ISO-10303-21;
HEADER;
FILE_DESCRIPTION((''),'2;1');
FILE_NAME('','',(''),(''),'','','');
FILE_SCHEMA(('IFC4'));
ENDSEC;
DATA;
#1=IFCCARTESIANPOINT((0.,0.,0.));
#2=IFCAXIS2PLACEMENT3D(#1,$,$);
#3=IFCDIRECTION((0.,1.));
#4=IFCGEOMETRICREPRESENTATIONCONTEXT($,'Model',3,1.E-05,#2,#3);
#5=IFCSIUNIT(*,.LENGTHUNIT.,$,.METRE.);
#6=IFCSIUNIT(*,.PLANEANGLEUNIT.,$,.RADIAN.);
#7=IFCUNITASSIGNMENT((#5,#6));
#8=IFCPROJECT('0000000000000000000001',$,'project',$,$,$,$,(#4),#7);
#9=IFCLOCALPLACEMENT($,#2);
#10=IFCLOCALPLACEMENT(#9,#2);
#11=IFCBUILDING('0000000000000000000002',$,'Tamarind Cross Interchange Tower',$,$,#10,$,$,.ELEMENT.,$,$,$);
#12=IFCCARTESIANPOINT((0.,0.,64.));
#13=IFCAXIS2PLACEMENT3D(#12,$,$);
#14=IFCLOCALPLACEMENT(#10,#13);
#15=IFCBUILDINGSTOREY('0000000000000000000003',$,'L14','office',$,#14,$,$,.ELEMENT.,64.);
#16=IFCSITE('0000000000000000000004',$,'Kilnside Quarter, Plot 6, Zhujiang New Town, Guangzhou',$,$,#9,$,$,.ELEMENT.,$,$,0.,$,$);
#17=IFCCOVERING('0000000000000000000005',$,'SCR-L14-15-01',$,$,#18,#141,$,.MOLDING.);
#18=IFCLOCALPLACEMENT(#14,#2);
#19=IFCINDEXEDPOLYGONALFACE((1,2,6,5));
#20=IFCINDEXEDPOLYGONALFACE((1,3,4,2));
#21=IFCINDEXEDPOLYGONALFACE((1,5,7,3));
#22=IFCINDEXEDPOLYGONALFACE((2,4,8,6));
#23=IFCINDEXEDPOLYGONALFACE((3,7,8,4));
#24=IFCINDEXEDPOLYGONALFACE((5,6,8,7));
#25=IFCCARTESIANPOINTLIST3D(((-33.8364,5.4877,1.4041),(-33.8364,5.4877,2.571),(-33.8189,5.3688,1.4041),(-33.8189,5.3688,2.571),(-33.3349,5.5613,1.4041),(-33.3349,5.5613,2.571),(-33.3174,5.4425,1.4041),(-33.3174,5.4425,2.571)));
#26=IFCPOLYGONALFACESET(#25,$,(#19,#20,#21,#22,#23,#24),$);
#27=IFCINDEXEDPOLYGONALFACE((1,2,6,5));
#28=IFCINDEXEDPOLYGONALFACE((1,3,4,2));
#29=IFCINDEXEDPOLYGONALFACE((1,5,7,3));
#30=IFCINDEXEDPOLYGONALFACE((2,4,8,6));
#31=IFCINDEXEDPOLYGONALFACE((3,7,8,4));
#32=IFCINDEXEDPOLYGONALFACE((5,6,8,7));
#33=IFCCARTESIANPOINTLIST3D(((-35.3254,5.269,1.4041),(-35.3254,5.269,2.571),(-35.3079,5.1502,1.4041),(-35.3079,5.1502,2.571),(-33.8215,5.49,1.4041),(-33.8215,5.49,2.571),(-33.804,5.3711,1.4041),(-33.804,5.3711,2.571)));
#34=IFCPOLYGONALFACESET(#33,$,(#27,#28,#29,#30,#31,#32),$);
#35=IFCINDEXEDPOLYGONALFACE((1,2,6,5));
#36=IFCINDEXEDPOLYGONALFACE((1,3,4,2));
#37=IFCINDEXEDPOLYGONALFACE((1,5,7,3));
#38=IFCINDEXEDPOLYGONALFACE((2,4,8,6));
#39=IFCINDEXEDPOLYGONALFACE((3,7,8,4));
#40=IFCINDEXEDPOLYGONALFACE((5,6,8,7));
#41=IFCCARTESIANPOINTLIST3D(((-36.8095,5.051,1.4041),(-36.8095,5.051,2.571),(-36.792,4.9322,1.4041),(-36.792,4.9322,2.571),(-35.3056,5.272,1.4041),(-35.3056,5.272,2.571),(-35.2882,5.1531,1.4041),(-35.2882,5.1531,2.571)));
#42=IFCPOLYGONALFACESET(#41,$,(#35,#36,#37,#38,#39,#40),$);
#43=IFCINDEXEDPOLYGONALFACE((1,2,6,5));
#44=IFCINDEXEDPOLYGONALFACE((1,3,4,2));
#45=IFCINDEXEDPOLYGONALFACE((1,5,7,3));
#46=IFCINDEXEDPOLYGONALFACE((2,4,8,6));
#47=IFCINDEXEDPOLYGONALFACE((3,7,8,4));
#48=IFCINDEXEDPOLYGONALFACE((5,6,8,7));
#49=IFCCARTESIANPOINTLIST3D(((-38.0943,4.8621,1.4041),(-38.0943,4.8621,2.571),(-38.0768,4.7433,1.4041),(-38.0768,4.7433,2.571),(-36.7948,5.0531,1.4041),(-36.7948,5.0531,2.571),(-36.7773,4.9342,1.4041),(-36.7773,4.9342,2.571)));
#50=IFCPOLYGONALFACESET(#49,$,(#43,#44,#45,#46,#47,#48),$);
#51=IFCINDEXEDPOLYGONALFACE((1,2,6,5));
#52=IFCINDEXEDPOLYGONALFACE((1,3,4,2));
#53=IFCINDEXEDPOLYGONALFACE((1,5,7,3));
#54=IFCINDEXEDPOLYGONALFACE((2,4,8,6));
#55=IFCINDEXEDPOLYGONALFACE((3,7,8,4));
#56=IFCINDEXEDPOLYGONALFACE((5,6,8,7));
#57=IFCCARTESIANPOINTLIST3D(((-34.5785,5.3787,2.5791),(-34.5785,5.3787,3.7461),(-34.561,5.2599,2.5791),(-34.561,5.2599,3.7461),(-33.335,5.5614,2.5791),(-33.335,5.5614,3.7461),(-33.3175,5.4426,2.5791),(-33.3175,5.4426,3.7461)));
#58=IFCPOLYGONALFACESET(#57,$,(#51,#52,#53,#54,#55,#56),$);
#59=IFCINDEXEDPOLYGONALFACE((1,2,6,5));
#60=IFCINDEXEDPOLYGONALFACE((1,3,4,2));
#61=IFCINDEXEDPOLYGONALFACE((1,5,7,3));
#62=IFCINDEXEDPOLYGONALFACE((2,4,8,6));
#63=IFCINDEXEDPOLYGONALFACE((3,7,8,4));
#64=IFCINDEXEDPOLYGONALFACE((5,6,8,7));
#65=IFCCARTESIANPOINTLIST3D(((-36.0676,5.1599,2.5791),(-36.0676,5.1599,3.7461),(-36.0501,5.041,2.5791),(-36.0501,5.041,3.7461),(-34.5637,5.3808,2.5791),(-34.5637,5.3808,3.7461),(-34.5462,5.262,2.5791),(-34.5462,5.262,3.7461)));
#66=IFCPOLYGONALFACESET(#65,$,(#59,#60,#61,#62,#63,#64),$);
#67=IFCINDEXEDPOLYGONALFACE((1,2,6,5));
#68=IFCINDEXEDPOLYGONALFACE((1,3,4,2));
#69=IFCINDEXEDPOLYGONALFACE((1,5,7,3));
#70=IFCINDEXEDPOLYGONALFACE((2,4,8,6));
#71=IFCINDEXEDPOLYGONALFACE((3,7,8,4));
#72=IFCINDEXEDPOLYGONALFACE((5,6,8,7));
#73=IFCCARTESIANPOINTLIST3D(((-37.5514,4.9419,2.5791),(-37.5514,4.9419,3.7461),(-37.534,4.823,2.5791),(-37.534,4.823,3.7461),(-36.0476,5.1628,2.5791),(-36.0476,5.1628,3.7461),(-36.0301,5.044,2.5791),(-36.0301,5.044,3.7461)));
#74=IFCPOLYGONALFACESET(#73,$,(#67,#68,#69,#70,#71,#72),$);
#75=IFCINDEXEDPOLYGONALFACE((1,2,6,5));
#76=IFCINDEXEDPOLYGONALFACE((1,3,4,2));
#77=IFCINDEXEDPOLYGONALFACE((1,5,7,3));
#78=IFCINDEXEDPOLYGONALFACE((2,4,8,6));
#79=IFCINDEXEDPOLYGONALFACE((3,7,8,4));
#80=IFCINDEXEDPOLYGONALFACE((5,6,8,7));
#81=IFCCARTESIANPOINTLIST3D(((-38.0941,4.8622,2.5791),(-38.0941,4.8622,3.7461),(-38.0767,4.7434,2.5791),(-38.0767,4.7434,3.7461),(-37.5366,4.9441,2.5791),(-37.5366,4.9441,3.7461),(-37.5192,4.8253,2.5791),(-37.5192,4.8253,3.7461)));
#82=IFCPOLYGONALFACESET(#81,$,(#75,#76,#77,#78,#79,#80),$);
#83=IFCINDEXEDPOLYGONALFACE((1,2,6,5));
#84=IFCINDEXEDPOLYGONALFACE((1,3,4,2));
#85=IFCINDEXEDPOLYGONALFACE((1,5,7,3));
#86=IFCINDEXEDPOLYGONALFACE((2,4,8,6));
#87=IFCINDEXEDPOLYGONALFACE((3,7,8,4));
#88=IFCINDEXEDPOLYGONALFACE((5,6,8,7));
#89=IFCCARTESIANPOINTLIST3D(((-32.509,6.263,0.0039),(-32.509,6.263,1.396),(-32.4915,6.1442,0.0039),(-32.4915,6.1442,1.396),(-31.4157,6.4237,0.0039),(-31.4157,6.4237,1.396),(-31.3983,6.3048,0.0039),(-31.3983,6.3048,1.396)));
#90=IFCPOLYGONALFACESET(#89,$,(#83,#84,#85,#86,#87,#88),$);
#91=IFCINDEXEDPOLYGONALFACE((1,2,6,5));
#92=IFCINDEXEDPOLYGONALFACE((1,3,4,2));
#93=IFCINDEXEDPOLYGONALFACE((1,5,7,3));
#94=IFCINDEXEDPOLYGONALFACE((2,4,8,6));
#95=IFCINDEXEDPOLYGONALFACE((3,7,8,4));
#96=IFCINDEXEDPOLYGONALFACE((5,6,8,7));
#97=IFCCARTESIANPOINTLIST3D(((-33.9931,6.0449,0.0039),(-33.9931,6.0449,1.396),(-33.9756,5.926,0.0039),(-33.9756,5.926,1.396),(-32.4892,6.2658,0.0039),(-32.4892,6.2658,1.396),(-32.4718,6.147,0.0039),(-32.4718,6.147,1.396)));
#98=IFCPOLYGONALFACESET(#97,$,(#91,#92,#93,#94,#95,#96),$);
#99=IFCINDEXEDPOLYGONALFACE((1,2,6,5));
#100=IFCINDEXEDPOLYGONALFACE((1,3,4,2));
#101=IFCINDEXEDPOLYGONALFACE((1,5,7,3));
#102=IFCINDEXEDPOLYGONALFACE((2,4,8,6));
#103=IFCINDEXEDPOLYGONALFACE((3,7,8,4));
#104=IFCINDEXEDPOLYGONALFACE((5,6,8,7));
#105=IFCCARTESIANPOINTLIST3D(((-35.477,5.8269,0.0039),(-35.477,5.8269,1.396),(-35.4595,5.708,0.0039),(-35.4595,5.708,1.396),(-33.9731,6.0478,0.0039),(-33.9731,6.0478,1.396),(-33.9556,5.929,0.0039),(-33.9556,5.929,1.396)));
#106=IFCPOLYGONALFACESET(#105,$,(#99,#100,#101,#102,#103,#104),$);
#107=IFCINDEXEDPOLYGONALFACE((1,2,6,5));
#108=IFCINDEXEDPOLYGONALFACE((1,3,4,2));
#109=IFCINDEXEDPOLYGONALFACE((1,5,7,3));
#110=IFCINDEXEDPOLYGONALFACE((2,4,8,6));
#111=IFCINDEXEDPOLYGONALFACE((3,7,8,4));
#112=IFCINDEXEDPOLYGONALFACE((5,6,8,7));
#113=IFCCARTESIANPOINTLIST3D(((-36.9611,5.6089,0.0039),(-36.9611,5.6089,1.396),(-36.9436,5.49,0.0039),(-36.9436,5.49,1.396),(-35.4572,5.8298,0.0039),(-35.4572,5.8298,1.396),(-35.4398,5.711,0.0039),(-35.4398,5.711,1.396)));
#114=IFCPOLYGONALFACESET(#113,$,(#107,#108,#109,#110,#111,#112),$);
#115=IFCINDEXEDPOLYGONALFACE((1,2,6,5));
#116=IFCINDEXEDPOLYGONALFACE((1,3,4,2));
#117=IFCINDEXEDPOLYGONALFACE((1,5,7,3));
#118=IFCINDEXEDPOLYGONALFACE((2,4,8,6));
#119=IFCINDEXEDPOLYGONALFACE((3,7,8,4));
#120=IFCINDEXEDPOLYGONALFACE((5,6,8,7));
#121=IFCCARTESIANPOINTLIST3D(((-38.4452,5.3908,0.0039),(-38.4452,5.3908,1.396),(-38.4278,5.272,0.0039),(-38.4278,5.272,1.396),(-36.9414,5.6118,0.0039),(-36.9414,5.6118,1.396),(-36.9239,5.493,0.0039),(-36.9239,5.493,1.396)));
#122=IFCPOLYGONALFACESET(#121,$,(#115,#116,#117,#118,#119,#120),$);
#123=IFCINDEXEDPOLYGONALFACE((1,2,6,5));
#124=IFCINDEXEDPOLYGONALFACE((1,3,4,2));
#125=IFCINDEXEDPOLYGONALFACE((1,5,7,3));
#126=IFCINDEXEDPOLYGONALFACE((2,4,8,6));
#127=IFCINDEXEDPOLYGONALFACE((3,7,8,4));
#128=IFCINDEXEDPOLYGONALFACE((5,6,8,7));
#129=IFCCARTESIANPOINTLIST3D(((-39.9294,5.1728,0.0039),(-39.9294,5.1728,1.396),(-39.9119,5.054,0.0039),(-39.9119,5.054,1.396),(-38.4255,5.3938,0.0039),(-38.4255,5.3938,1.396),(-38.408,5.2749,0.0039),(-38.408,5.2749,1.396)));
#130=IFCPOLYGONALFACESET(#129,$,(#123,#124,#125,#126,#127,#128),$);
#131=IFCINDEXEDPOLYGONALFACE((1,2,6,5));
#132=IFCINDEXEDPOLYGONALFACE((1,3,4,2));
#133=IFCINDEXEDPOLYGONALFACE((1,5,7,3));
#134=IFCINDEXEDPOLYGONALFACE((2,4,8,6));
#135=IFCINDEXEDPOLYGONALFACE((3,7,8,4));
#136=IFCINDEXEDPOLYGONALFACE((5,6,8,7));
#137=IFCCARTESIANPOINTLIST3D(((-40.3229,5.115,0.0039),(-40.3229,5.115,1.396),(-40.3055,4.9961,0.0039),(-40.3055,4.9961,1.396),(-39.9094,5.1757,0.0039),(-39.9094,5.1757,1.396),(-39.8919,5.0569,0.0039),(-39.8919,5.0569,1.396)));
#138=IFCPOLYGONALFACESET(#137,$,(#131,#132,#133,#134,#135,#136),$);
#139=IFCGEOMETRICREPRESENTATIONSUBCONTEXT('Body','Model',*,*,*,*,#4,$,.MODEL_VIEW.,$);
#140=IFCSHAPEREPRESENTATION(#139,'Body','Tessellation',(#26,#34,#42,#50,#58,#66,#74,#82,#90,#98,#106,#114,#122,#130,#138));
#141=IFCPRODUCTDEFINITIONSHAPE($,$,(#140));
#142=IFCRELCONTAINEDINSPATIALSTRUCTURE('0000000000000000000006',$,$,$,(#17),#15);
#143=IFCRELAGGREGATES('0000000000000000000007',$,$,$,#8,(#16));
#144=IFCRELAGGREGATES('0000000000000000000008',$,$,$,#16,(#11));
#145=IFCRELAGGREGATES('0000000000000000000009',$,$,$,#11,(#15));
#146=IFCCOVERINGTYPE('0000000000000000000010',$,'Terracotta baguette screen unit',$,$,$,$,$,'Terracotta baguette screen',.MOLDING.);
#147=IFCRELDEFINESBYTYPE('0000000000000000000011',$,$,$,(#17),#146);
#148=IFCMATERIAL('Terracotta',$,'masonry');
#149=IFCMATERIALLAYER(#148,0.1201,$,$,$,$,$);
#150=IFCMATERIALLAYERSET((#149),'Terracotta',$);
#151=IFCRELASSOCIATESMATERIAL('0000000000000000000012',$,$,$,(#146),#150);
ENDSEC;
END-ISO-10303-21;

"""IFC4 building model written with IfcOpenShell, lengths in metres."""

from ifc_helpers import new_model, si_unit, direction, frame, origin, origin_2d, place, context, subcontext, project, spatial, rectangle, extrude, material, layer, layer_set, type_object, element, save


model = new_model("IFC4")

# Units and contexts
model_context = context("Model", 3, precision=1e-05, world=origin(), true_north=direction((0.0, 1.0)))
body_context = subcontext(model_context, "Body", "Model", "MODEL_VIEW")
ifc_project = project(units=[si_unit("LENGTHUNIT", "METRE"), si_unit("PLANEANGLEUNIT", "RADIAN")], contexts=[model_context])

# Site, building, storey
site_placement = place(None, origin())
site = spatial("IfcSite", under=ifc_project, at=site_placement, Name="Kilnside Quarter, Plot 6, Zhujiang New Town, Guangzhou", CompositionType="ELEMENT", RefElevation=0.0)
building_placement = place(site_placement, origin())
building = spatial("IfcBuilding", under=site, at=building_placement, Name="Tamarind Cross Interchange Tower", CompositionType="ELEMENT")
storey_placement = place(building_placement, frame((0.0, 0.0, 64.0)))
storey = spatial("IfcBuildingStorey", under=building, at=storey_placement, Name="L14", Description="office", CompositionType="ELEMENT", Elevation=64.0)

# Covering
ifc_material_1 = material(Name="Terracotta", Category="masonry")
ifc_layer_1 = layer(ifc_material_1, 0.1201)
ifc_layer_set_1 = layer_set([ifc_layer_1], Name="Terracotta")
covering_type = type_object("IfcCoveringType", Name="Terracotta baguette screen unit", ElementType="Terracotta baguette screen", PredefinedType="MOLDING", material=ifc_layer_set_1)
covering_1_placement = place(storey_placement, origin())
element("IfcCovering", 1, at=covering_1_placement, inside=storey, type_object=covering_type, Name="SCR-L14-15-01", PredefinedType="MOLDING", context=body_context, shape_type="SweptSolid", body=[
    extrude(rectangle(XDim=0.5068, YDim=0.1201, at=origin_2d()), frame((-33.5769, 5.4651, 1.4041), z_axis=(0.0, 0.0, 1.0), x_axis=(-0.989378, -0.145365, 0.0)), (0.0, 0.0, 1.0), 1.167),
    extrude(rectangle(XDim=1.52, YDim=0.1201, at=origin_2d()), frame((-34.5647, 5.3201, 1.4041), z_axis=(0.0, 0.0, 1.0), x_axis=(-0.989378, -0.145365, 0.0)), (0.0, 0.0, 1.0), 1.167),
    extrude(rectangle(XDim=1.52, YDim=0.1201, at=origin_2d()), frame((-36.0488, 5.1021, 1.4041), z_axis=(0.0, 0.0, 1.0), x_axis=(-0.989378, -0.145365, 0.0)), (0.0, 0.0, 1.0), 1.167),
    extrude(rectangle(XDim=1.3135, YDim=0.1201, at=origin_2d()), frame((-37.4358, 4.8982, 1.4041), z_axis=(0.0, 0.0, 1.0), x_axis=(-0.989378, -0.145365, 0.0)), (0.0, 0.0, 1.0), 1.167),
    extrude(rectangle(XDim=1.2568, YDim=0.1201, at=origin_2d()), frame((-33.948, 5.4106, 2.5791), z_axis=(0.0, 0.0, 1.0), x_axis=(-0.989378, -0.145365, 0.0)), (0.0, 0.0, 1.0), 1.167),
    extrude(rectangle(XDim=1.52, YDim=0.1201, at=origin_2d()), frame((-35.3069, 5.2109, 2.5791), z_axis=(0.0, 0.0, 1.0), x_axis=(-0.989378, -0.145365, 0.0)), (0.0, 0.0, 1.0), 1.167),
    extrude(rectangle(XDim=1.52, YDim=0.1201, at=origin_2d()), frame((-36.7908, 4.9929, 2.5791), z_axis=(0.0, 0.0, 1.0), x_axis=(-0.989378, -0.145365, 0.0)), (0.0, 0.0, 1.0), 1.167),
    extrude(rectangle(XDim=0.5635, YDim=0.1201, at=origin_2d()), frame((-37.8066, 4.8438, 2.5791), z_axis=(0.0, 0.0, 1.0), x_axis=(-0.989378, -0.145365, 0.0)), (0.0, 0.0, 1.0), 1.167),
    extrude(rectangle(XDim=1.105, YDim=0.1201, at=origin_2d()), frame((-31.9536, 6.2839, 0.0039), z_axis=(0.0, 0.0, 1.0), x_axis=(-0.989378, -0.145365, 0.0)), (0.0, 0.0, 1.0), 1.3921),
    extrude(rectangle(XDim=1.52, YDim=0.1201, at=origin_2d()), frame((-33.2324, 6.0959, 0.0039), z_axis=(0.0, 0.0, 1.0), x_axis=(-0.989378, -0.145365, 0.0)), (0.0, 0.0, 1.0), 1.3921),
    extrude(rectangle(XDim=1.52, YDim=0.1201, at=origin_2d()), frame((-34.7163, 5.8779, 0.0039), z_axis=(0.0, 0.0, 1.0), x_axis=(-0.989378, -0.145365, 0.0)), (0.0, 0.0, 1.0), 1.3921),
    extrude(rectangle(XDim=1.52, YDim=0.1201, at=origin_2d()), frame((-36.2004, 5.6599, 0.0039), z_axis=(0.0, 0.0, 1.0), x_axis=(-0.989378, -0.145365, 0.0)), (0.0, 0.0, 1.0), 1.3921),
    extrude(rectangle(XDim=1.52, YDim=0.1201, at=origin_2d()), frame((-37.6846, 5.4419, 0.0039), z_axis=(0.0, 0.0, 1.0), x_axis=(-0.989378, -0.145365, 0.0)), (0.0, 0.0, 1.0), 1.3921),
    extrude(rectangle(XDim=1.52, YDim=0.1201, at=origin_2d()), frame((-39.1687, 5.2239, 0.0039), z_axis=(0.0, 0.0, 1.0), x_axis=(-0.989378, -0.145365, 0.0)), (0.0, 0.0, 1.0), 1.3921),
    extrude(rectangle(XDim=0.418, YDim=0.1201, at=origin_2d()), frame((-40.1074, 5.0859, 0.0039), z_axis=(0.0, 0.0, 1.0), x_axis=(-0.989378, -0.145365, 0.0)), (0.0, 0.0, 1.0), 1.3921),
])

save(model, "model.ifc")
